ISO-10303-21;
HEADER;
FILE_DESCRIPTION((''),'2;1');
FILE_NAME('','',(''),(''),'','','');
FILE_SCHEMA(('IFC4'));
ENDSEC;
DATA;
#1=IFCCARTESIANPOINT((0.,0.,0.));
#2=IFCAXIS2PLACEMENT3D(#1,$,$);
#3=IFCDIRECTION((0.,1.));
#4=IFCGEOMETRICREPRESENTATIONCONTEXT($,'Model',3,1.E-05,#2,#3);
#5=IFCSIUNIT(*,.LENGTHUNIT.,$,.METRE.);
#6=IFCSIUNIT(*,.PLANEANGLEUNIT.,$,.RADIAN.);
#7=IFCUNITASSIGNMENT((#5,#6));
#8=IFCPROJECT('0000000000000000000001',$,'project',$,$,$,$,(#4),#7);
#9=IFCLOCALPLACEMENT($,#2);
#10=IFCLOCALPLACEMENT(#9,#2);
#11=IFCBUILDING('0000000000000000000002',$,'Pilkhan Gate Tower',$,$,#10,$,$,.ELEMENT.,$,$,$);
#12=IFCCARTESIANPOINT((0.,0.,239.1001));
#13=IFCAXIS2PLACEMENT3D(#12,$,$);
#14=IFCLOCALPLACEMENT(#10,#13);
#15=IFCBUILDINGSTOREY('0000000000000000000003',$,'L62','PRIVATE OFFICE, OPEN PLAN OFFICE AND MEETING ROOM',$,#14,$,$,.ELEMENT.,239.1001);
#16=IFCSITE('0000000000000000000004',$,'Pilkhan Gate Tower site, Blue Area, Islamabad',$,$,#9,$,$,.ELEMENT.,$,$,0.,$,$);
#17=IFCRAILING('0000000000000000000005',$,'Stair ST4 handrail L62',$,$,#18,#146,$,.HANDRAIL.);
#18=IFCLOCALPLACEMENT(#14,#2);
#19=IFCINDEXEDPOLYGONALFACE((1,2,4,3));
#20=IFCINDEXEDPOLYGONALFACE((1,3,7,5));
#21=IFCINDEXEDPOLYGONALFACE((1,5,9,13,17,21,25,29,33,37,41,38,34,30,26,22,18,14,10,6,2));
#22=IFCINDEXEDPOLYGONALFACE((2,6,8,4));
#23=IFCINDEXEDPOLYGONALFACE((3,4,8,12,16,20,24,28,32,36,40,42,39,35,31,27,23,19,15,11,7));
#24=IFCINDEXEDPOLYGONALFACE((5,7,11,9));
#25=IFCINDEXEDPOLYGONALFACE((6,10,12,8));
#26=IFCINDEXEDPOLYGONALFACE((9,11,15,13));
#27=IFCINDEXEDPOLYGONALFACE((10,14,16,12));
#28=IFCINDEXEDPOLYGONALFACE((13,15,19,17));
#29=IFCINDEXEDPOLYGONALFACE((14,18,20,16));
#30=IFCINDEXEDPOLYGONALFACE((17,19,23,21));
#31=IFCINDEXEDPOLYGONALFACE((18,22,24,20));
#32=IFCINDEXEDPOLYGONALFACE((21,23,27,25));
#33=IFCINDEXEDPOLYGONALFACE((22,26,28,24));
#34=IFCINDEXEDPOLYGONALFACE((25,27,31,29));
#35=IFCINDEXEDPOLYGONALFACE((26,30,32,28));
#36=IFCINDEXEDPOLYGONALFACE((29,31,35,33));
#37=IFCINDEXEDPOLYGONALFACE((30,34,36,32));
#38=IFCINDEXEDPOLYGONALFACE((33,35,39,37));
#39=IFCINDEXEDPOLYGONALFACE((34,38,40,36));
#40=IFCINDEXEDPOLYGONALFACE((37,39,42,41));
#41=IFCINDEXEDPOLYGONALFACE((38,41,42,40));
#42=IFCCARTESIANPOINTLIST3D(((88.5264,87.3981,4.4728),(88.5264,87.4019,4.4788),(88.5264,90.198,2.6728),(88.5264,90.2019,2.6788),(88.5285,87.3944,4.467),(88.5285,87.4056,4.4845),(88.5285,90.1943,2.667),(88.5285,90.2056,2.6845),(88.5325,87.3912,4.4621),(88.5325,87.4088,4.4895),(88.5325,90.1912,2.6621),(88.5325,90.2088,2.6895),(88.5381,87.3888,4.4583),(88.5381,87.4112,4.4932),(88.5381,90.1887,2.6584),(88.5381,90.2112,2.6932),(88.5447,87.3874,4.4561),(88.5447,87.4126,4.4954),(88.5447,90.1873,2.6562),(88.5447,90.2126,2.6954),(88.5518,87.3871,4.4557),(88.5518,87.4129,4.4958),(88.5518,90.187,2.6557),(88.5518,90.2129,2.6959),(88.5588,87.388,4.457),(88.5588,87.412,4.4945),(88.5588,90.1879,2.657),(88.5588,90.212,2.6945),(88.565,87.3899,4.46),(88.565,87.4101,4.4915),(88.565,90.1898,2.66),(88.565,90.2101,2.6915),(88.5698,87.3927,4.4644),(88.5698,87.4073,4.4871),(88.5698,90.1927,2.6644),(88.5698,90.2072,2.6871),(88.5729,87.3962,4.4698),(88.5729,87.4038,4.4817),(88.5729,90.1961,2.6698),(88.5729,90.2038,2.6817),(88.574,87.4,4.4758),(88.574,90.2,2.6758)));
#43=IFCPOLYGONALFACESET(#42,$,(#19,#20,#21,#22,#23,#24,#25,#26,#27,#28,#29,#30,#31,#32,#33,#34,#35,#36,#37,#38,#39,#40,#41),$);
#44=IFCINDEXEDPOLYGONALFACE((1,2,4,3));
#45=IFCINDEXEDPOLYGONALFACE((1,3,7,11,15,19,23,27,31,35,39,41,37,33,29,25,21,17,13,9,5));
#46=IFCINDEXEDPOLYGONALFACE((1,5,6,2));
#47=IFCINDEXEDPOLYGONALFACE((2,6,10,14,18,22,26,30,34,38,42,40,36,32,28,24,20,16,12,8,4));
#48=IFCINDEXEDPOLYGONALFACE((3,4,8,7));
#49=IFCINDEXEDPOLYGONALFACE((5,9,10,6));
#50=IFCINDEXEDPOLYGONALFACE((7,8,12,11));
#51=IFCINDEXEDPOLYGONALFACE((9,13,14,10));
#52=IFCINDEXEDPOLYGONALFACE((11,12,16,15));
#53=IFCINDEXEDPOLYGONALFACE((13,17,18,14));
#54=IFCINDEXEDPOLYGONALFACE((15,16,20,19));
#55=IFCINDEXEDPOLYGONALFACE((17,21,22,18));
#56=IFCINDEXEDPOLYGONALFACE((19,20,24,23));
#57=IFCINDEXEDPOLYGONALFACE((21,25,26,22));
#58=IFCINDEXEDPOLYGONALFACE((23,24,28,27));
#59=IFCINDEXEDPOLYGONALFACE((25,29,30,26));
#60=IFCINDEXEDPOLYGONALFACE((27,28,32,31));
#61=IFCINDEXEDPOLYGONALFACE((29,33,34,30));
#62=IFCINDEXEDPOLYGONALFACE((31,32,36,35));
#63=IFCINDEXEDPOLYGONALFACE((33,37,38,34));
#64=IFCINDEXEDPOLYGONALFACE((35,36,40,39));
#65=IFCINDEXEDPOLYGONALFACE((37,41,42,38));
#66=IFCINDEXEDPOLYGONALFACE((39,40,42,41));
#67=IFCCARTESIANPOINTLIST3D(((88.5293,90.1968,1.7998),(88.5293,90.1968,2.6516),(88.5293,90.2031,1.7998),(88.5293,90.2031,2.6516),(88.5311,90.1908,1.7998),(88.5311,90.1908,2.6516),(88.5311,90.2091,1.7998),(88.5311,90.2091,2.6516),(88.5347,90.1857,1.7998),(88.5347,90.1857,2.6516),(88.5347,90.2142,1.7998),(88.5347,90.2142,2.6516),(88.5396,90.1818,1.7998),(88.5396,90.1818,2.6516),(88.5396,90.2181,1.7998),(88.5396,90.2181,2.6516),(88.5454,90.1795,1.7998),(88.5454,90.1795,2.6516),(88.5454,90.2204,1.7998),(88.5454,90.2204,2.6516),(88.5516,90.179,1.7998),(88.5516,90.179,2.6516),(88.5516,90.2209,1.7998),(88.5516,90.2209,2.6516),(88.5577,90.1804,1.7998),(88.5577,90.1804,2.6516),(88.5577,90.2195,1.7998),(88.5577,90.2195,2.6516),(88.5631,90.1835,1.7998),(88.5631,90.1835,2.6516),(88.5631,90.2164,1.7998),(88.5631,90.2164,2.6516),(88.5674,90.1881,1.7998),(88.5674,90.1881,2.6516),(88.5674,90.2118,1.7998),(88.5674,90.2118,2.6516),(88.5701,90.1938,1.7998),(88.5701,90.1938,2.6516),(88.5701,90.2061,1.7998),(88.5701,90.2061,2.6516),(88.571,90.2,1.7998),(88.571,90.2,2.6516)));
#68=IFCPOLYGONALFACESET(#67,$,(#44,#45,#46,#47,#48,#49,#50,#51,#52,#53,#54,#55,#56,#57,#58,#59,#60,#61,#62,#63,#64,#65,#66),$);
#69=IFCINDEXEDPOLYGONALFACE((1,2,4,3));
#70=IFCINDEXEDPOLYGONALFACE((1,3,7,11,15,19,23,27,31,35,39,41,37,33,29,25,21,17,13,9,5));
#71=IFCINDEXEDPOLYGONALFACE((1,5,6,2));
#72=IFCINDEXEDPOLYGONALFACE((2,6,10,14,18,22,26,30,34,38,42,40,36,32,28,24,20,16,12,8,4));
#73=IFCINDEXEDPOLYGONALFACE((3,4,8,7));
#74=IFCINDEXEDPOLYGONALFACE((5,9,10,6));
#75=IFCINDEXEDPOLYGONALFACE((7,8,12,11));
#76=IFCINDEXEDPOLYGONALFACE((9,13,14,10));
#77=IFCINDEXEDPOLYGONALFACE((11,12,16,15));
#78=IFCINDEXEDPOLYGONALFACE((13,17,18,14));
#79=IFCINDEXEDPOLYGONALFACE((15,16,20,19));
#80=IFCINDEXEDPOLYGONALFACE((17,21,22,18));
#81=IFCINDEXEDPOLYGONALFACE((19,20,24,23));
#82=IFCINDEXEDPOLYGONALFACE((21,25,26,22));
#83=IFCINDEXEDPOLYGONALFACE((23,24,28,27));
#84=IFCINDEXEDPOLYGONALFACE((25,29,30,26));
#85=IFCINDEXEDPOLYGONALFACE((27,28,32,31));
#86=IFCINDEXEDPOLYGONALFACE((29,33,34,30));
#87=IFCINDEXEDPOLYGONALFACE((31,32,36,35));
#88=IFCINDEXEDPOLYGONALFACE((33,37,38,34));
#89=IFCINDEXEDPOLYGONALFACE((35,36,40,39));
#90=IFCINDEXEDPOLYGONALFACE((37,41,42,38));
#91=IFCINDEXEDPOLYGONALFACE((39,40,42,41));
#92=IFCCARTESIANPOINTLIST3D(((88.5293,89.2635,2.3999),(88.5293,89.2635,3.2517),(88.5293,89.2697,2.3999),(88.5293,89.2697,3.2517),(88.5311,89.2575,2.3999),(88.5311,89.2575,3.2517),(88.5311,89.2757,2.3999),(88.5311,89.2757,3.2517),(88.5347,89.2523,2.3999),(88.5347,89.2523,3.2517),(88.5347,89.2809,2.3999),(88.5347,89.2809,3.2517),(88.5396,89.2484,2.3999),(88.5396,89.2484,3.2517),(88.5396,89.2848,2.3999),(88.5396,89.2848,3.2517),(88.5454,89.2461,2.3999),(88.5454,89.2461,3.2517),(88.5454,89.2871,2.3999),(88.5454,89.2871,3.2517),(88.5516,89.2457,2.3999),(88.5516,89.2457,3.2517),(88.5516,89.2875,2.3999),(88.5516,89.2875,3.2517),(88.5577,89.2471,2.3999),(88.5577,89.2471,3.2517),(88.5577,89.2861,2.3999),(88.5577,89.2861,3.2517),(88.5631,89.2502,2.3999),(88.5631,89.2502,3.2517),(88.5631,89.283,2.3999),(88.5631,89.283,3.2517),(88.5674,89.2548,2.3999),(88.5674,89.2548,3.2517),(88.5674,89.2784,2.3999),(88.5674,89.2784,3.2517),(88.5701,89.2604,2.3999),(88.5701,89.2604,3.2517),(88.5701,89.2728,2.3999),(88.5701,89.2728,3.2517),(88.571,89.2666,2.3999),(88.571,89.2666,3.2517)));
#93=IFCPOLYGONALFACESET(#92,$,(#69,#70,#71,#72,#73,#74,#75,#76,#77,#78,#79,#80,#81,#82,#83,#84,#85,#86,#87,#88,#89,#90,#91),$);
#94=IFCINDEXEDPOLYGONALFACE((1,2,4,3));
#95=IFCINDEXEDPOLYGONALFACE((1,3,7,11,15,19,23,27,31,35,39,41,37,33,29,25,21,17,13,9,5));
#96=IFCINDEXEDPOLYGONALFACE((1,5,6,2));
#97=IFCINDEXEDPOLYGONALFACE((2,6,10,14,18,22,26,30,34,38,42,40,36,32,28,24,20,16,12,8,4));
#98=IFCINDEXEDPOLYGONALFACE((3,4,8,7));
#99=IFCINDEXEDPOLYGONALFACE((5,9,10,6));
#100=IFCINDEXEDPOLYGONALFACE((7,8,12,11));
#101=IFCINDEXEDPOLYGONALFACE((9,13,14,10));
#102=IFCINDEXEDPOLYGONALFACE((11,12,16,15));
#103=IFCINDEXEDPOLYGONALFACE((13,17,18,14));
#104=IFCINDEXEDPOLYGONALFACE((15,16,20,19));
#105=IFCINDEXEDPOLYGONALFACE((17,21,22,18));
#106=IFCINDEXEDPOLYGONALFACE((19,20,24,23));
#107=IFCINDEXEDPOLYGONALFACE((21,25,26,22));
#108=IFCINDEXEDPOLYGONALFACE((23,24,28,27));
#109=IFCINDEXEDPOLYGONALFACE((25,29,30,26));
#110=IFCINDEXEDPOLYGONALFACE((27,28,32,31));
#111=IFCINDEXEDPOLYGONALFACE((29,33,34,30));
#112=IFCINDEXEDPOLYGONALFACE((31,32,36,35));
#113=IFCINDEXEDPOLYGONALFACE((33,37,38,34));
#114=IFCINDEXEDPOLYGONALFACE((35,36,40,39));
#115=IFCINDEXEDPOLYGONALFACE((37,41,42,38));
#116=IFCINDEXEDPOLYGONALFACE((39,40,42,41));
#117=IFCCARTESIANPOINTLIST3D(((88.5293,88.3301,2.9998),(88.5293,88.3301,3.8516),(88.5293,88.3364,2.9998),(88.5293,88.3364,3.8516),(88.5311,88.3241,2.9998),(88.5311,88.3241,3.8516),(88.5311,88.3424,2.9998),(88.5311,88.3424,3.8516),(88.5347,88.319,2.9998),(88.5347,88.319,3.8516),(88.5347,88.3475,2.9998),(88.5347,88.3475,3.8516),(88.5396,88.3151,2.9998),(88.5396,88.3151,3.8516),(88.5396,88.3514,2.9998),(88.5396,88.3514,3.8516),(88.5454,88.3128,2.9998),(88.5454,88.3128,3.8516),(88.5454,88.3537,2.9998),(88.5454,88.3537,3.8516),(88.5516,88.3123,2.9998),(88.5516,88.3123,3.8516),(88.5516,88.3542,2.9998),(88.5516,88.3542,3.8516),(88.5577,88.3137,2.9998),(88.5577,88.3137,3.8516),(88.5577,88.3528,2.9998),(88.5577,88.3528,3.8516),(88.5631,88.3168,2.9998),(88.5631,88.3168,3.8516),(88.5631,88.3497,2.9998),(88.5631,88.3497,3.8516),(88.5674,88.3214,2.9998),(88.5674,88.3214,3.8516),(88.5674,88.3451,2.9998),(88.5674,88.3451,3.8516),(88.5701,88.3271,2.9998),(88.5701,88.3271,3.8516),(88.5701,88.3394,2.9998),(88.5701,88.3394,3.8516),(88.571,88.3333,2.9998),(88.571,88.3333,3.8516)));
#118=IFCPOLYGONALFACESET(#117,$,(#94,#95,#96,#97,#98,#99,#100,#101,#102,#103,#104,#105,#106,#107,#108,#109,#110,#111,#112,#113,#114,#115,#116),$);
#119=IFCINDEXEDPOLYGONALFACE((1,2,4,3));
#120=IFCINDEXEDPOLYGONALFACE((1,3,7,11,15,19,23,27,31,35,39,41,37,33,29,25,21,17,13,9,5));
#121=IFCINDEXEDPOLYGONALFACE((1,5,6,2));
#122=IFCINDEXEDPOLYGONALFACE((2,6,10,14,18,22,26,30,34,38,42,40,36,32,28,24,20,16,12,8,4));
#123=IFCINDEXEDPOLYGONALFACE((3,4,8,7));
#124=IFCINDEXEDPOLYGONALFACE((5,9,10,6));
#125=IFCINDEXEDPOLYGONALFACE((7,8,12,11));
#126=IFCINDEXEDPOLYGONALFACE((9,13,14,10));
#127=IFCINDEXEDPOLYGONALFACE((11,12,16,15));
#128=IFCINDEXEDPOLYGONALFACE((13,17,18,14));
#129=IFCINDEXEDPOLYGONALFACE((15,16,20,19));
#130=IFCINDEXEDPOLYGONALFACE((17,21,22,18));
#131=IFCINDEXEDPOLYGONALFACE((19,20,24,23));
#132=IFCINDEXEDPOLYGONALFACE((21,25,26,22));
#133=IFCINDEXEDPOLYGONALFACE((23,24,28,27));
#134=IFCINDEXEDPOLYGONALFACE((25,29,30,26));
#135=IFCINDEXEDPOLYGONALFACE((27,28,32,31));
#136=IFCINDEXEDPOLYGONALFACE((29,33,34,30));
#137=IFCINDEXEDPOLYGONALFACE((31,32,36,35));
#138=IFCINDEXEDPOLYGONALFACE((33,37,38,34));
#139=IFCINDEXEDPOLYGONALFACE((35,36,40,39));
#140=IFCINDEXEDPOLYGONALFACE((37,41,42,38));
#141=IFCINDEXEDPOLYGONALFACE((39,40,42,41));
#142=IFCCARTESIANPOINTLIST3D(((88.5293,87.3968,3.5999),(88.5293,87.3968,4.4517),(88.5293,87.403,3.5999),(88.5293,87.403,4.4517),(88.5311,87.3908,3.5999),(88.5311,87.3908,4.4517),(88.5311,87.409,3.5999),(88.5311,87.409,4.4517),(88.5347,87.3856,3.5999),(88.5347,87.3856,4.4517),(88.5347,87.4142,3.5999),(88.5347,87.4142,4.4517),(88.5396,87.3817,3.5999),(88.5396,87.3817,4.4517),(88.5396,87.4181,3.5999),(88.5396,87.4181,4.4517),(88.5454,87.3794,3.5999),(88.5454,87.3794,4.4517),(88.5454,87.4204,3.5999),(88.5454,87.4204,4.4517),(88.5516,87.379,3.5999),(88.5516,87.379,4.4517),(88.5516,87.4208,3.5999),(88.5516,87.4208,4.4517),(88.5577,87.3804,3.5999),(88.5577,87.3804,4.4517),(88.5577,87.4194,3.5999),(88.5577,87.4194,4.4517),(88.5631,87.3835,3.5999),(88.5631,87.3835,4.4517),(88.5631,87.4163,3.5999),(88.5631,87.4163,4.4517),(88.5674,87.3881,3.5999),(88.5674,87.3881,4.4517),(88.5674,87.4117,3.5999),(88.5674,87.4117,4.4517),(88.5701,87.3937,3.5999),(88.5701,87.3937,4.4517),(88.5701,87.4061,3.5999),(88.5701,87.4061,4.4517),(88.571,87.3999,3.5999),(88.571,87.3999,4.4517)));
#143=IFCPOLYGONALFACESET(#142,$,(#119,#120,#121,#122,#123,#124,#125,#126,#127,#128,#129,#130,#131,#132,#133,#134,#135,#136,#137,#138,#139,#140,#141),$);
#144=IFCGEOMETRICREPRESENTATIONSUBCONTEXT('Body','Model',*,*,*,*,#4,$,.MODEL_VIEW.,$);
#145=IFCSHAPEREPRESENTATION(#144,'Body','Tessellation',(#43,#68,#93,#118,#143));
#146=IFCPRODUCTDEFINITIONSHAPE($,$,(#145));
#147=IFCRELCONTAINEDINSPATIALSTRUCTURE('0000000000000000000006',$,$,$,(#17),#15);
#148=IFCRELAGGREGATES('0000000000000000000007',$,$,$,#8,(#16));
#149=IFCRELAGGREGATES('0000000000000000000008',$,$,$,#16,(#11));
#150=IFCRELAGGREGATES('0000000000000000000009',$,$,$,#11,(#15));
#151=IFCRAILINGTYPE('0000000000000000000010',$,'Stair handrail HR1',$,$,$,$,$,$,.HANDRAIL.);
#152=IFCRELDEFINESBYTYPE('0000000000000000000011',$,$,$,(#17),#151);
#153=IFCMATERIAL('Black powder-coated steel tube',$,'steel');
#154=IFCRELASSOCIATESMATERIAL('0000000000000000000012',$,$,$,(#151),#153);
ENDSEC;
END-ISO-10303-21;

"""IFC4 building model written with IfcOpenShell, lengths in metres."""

from ifc_helpers import new_model, si_unit, direction, frame, origin, origin_2d, place, context, subcontext, project, spatial, circle, extrude, material, type_object, element, save


model = new_model("IFC4")

# Units and contexts
model_context = context("Model", 3, precision=1e-05, world=origin(), true_north=direction((0.0, 1.0)))
body_context = subcontext(model_context, "Body", "Model", "MODEL_VIEW")
ifc_project = project(units=[si_unit("LENGTHUNIT", "METRE"), si_unit("PLANEANGLEUNIT", "RADIAN")], contexts=[model_context])

# Site, building, storey
site_placement = place(None, origin())
site = spatial("IfcSite", under=ifc_project, at=site_placement, Name="Pilkhan Gate Tower site, Blue Area, Islamabad", CompositionType="ELEMENT", RefElevation=0.0)
building_placement = place(site_placement, origin())
building = spatial("IfcBuilding", under=site, at=building_placement, Name="Pilkhan Gate Tower", CompositionType="ELEMENT")
storey_placement = place(building_placement, frame((0.0, 0.0, 239.1001)))
storey = spatial("IfcBuildingStorey", under=building, at=storey_placement, Name="L62", Description="PRIVATE OFFICE, OPEN PLAN OFFICE AND MEETING ROOM", CompositionType="ELEMENT", Elevation=239.1001)

# Railing
ifc_material_1 = material(Name="Black powder-coated steel tube", Category="steel")
railing_type_1 = type_object("IfcRailingType", Name="Stair handrail HR1", PredefinedType="HANDRAIL", material=ifc_material_1)
railing_1_placement = place(storey_placement, frame((88.55, 90.2, 1.7998)))
element("IfcRailing", 1, at=railing_1_placement, inside=storey, type_object=railing_type_1, Name="Stair ST4 handrail L62", PredefinedType="HANDRAIL", context=body_context, shape_type="SweptSolid", body=[
    extrude(circle(Radius=0.0239, at=origin_2d()), frame((0.0, 0.0, 0.876), z_axis=(0.0, -0.841176, 0.540761), x_axis=(1.0, 0.0, 0.0)), (0.0, 0.0, 1.0), 3.3286),
    extrude(circle(Radius=0.021, at=origin_2d()), origin(), (0.0, 0.0, 1.0), 0.8518),
    extrude(circle(Radius=0.021, at=origin_2d()), frame((0.0, -0.9333, 0.6001)), (0.0, 0.0, 1.0), 0.8518),
    extrude(circle(Radius=0.021, at=origin_2d()), frame((0.0, -1.8667, 1.2)), (0.0, 0.0, 1.0), 0.8518),
    extrude(circle(Radius=0.021, at=origin_2d()), frame((0.0, -2.8, 1.8)), (0.0, 0.0, 1.0), 0.8518),
])

save(model, "model.ifc")
